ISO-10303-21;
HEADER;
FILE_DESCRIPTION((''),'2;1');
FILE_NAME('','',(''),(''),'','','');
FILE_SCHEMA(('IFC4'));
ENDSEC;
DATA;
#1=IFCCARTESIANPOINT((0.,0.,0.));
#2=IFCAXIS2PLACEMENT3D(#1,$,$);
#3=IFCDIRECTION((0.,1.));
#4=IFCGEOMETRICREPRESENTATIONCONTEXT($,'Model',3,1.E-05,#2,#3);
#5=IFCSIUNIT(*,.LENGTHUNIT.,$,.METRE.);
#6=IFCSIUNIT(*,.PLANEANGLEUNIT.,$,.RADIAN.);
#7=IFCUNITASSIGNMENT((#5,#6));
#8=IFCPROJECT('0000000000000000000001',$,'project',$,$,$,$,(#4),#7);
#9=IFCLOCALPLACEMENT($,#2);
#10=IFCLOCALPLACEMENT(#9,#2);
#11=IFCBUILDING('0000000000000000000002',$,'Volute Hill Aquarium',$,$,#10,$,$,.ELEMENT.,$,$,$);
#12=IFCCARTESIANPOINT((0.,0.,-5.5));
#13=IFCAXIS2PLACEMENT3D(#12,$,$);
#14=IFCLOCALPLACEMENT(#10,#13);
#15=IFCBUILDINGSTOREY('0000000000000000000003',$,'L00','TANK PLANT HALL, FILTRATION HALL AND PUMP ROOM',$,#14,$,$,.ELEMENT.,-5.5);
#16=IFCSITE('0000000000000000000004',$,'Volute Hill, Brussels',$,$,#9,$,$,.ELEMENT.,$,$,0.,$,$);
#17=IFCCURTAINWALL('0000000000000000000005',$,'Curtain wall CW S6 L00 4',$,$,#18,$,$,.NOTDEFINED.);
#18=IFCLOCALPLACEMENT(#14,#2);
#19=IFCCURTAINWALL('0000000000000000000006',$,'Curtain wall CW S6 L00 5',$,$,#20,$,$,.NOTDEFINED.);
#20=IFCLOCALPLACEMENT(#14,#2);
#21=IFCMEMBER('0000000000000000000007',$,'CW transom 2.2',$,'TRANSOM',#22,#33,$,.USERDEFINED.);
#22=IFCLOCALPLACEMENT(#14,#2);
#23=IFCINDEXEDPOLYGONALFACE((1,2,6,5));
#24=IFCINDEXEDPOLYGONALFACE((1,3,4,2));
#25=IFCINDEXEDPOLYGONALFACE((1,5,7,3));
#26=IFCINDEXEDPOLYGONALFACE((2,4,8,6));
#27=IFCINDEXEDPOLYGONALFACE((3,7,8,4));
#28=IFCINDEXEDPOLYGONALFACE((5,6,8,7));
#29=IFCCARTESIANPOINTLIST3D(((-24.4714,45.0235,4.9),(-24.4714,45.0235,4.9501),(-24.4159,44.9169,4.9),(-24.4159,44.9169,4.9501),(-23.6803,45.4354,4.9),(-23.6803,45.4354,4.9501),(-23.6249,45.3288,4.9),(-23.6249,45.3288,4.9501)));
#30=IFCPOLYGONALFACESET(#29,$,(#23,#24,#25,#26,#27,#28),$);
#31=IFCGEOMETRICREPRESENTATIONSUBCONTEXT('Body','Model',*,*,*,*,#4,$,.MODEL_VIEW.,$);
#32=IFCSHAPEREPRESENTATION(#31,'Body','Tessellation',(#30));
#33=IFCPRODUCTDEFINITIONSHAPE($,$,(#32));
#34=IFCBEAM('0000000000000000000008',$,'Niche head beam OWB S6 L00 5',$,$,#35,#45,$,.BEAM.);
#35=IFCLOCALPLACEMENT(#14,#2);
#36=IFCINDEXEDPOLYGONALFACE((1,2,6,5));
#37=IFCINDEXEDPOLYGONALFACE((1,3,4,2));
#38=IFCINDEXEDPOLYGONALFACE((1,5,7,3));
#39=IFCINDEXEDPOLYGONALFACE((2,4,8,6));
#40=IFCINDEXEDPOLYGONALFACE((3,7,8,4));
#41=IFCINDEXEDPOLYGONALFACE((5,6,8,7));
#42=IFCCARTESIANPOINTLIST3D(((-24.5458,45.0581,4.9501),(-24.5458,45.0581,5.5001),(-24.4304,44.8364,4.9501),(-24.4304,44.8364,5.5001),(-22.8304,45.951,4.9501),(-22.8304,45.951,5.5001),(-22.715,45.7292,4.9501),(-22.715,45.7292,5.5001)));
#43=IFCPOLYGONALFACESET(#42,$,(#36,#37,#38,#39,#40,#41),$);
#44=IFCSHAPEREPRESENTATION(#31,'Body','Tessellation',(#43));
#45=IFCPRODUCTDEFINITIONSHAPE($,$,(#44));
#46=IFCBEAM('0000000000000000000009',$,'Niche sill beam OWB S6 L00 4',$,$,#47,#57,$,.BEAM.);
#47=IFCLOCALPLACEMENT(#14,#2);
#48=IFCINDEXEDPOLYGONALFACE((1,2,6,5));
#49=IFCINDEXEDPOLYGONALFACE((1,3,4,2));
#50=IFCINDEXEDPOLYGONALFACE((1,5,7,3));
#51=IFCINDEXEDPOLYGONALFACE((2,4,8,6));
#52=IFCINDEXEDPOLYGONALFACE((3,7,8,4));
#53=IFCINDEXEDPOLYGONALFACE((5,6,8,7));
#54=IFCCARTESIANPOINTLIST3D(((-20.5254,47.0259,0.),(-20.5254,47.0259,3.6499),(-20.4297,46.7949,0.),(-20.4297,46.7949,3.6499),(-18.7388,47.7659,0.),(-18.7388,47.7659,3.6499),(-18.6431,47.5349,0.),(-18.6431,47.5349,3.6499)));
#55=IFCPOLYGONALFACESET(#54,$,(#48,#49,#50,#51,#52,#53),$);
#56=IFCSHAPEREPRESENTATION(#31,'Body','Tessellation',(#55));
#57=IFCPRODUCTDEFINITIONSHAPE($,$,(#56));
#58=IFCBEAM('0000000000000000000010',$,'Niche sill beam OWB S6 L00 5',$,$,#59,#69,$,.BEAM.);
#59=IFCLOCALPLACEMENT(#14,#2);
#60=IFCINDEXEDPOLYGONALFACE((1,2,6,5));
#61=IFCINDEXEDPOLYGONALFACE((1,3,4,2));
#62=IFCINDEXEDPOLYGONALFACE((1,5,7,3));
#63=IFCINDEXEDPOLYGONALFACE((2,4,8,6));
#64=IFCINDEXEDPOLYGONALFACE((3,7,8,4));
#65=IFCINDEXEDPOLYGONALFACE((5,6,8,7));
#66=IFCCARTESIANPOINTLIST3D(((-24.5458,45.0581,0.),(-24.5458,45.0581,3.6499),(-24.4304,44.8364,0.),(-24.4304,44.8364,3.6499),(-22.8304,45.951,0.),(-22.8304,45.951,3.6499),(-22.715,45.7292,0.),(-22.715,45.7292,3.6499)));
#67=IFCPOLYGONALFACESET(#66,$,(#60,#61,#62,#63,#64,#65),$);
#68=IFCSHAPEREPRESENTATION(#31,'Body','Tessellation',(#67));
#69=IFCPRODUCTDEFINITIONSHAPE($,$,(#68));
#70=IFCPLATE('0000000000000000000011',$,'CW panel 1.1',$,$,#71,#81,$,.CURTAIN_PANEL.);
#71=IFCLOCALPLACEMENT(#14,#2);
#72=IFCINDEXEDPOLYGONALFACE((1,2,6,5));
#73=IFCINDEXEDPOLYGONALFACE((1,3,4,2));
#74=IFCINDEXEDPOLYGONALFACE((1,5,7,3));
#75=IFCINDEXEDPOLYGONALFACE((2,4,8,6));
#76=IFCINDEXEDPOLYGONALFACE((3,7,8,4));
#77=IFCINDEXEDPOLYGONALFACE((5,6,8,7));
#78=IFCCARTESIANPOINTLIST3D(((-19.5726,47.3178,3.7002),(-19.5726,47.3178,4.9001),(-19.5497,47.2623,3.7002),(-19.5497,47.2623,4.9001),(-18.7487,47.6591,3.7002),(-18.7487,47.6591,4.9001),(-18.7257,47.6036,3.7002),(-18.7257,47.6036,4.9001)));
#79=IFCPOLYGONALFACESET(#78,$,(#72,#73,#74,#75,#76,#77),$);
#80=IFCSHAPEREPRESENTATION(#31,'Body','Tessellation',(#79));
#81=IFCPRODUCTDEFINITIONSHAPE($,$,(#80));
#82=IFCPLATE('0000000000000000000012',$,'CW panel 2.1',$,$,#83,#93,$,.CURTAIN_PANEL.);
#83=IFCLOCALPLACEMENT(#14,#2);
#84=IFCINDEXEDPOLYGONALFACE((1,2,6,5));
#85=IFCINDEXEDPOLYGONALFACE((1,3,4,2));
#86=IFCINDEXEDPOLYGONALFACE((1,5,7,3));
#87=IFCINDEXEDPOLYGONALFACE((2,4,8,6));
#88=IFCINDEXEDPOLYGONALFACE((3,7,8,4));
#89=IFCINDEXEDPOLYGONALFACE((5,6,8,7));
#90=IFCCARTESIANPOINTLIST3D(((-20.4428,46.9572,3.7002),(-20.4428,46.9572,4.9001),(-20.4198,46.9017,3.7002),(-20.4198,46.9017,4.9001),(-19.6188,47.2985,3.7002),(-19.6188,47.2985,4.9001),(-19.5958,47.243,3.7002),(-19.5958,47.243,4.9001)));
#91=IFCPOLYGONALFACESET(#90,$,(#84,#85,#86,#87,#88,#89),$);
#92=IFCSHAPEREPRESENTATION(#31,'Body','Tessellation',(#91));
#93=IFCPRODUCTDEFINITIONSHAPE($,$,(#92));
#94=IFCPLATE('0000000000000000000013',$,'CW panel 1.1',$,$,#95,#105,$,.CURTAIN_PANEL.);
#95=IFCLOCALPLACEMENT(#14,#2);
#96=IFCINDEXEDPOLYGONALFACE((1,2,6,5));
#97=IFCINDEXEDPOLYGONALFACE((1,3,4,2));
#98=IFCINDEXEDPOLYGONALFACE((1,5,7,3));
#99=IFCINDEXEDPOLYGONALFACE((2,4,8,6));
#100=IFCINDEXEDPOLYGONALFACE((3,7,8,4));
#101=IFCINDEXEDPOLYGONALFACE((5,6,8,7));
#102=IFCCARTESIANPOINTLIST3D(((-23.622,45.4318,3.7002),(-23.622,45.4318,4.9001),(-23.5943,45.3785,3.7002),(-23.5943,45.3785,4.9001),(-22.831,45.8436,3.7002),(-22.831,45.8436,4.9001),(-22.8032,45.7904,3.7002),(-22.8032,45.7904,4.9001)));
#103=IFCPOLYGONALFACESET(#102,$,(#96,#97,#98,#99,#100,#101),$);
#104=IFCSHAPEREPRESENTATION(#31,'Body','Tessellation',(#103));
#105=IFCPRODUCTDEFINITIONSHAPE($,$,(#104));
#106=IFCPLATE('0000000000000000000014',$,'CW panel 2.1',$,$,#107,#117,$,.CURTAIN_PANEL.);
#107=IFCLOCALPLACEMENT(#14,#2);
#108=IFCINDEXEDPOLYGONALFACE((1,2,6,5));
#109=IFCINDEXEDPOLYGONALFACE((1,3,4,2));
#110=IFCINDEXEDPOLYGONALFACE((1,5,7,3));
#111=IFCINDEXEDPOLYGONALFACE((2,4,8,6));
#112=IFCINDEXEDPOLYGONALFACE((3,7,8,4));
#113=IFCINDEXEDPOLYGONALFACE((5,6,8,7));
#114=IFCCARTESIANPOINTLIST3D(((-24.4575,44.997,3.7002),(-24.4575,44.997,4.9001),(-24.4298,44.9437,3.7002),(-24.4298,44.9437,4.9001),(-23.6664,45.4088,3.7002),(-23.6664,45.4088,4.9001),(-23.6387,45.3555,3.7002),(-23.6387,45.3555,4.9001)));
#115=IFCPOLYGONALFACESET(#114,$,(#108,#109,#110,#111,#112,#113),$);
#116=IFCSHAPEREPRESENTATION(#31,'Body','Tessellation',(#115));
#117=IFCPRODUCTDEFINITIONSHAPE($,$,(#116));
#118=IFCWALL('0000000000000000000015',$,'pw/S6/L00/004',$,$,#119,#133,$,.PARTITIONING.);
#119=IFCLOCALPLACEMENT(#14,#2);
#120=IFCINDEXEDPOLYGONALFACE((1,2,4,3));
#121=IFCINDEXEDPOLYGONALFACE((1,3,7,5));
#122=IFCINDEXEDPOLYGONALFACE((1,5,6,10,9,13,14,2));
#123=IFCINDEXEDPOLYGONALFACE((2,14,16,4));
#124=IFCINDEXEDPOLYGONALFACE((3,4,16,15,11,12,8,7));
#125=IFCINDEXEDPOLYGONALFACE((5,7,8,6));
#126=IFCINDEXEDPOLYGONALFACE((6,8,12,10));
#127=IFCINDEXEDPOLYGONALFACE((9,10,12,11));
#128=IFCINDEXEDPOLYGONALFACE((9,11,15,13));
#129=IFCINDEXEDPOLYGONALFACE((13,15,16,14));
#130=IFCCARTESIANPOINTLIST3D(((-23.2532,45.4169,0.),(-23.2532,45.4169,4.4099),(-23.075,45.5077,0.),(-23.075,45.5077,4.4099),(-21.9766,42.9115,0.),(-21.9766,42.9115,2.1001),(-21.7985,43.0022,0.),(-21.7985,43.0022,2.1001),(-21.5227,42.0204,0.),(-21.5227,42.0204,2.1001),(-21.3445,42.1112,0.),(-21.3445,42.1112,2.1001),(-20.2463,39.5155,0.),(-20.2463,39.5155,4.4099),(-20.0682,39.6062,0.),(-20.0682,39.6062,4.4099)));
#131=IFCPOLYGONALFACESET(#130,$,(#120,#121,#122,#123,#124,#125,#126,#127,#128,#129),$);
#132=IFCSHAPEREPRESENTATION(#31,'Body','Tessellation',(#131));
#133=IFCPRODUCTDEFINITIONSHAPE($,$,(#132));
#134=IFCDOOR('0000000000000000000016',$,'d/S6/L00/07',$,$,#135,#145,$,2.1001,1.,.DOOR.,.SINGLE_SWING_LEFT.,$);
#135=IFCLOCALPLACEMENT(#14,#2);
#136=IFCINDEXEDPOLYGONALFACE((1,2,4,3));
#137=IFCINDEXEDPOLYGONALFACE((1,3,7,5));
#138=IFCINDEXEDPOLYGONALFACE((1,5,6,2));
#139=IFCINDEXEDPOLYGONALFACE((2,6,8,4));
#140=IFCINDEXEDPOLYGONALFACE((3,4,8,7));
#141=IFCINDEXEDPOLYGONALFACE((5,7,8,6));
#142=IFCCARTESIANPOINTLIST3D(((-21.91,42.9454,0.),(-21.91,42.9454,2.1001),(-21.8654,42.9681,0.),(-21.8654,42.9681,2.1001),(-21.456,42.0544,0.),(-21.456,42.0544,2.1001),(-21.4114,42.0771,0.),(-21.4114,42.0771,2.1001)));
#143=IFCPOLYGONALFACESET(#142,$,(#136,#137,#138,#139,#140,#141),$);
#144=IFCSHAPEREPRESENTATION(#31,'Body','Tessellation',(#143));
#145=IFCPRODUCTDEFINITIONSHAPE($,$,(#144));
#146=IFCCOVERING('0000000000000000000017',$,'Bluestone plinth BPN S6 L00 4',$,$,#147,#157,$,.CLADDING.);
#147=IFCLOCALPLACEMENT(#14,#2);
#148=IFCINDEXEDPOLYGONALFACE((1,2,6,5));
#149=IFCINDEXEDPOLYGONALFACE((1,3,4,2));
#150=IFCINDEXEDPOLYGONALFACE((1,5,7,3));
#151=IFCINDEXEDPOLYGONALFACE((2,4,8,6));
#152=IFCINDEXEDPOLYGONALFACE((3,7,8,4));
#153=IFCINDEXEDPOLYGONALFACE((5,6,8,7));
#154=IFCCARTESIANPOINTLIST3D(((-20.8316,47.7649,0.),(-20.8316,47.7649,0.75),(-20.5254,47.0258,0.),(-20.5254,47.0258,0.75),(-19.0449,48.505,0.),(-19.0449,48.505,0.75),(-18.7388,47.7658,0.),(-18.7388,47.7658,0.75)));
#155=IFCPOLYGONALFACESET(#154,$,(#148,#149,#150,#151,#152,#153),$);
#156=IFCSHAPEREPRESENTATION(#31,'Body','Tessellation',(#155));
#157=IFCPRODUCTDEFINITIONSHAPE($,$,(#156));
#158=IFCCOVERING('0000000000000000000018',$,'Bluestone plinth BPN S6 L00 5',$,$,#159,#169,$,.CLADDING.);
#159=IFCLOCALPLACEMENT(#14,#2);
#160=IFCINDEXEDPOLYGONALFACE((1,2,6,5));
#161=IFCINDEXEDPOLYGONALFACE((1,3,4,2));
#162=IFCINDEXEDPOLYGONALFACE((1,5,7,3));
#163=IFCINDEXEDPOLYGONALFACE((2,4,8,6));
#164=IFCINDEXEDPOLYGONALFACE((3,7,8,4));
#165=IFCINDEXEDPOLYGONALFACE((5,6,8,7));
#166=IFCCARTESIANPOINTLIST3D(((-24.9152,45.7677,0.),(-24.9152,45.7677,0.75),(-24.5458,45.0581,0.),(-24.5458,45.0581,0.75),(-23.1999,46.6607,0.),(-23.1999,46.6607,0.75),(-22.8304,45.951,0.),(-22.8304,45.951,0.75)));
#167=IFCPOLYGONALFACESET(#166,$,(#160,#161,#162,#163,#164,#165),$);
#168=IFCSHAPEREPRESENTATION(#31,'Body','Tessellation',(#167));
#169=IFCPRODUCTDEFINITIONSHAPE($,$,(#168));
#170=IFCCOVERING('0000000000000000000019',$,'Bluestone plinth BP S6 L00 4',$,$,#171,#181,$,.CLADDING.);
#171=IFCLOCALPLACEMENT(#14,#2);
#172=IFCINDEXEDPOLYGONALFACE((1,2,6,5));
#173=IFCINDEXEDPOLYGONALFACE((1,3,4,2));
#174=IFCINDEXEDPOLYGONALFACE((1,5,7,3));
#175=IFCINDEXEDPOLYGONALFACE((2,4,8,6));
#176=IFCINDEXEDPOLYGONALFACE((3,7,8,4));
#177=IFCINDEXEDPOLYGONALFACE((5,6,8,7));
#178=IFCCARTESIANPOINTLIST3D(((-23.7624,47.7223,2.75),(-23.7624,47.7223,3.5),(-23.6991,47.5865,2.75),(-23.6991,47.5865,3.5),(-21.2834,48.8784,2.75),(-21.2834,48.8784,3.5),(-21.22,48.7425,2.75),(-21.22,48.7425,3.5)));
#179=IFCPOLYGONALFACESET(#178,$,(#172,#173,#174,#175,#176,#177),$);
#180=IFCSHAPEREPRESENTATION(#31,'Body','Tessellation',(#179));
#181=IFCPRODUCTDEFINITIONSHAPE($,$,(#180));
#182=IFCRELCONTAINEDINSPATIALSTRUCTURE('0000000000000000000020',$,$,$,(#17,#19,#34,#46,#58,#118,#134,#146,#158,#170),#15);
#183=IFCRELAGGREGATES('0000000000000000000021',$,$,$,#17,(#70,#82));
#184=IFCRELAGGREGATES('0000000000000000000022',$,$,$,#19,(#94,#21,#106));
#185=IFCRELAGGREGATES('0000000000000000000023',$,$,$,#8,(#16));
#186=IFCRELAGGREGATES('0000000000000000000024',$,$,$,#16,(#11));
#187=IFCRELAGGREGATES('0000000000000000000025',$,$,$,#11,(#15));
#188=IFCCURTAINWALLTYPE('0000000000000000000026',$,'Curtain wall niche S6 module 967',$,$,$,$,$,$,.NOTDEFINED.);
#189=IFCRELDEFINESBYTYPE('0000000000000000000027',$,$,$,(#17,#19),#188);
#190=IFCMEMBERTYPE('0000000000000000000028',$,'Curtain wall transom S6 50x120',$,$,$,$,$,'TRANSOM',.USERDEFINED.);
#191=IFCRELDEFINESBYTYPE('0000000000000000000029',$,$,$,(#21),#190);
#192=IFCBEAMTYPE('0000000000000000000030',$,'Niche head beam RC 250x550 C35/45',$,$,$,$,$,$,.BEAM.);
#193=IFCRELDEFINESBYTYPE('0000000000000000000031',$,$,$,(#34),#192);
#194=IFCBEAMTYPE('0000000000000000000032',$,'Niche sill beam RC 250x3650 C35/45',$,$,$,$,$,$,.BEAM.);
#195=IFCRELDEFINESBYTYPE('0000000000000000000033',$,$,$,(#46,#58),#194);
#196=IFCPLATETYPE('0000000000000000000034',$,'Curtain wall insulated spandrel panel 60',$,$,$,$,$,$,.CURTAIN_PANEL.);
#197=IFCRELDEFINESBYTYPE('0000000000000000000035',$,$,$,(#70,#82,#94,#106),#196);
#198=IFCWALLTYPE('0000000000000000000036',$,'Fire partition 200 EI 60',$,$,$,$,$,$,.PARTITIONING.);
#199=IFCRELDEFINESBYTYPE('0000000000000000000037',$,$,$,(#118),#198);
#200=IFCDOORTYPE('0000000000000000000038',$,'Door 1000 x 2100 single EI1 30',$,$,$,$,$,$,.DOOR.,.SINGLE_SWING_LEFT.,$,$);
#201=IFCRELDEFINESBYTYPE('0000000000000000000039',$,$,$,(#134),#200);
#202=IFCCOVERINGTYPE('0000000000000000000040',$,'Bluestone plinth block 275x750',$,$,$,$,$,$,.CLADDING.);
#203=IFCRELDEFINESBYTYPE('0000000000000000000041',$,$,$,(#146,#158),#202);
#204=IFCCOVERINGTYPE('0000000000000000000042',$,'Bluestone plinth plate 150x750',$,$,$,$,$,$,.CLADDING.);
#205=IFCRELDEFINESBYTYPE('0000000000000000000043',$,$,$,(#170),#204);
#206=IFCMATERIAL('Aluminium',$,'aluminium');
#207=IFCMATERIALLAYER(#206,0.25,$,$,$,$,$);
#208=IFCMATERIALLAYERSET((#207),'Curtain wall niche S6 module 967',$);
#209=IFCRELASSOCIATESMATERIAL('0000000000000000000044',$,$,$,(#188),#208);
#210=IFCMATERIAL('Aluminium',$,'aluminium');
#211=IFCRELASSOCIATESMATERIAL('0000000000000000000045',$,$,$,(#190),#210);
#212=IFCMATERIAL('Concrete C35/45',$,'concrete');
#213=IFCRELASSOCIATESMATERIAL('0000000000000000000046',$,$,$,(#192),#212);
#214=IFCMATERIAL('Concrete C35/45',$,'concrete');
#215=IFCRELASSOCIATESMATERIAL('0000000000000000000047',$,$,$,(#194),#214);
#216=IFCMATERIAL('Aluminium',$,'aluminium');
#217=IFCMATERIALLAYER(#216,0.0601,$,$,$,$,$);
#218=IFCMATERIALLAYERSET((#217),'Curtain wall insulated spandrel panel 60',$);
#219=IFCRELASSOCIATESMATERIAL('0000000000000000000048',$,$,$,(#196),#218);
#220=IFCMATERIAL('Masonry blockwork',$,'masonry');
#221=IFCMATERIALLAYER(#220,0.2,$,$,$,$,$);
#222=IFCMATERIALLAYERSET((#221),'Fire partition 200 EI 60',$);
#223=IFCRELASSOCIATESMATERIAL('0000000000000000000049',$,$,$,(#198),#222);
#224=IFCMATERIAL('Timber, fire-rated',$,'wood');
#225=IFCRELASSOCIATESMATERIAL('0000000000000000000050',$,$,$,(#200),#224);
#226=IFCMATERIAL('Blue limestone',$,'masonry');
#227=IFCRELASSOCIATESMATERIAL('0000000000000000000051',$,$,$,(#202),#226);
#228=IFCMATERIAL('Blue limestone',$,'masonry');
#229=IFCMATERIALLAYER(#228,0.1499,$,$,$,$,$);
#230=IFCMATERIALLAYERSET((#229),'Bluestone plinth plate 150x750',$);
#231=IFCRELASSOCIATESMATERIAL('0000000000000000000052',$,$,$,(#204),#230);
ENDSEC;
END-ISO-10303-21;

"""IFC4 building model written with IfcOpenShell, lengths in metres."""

from ifc_helpers import new_model, si_unit, direction, frame, frame_2d, origin, origin_2d, place, context, subcontext, project, spatial, rectangle, extrude, material, layer, layer_set, material_profile, profile_set, type_object, element, fill, aggregate, save


model = new_model("IFC4")

# Units and contexts
model_context = context("Model", 3, precision=1e-05, world=origin(), true_north=direction((0.0, 1.0)))
body_context = subcontext(model_context, "Body", "Model", "MODEL_VIEW")
ifc_project = project(units=[si_unit("LENGTHUNIT", "METRE"), si_unit("PLANEANGLEUNIT", "RADIAN")], contexts=[model_context])

# Site, building, storey
site_placement = place(None, origin())
site = spatial("IfcSite", under=ifc_project, at=site_placement, Name="Volute Hill, Brussels", CompositionType="ELEMENT", RefElevation=0.0)
building_placement = place(site_placement, origin())
building = spatial("IfcBuilding", under=site, at=building_placement, Name="Volute Hill Aquarium", CompositionType="ELEMENT")
storey_placement = place(building_placement, frame((0.0, 0.0, -5.5)))
storey = spatial("IfcBuildingStorey", under=building, at=storey_placement, Name="L00", Description="TANK PLANT HALL, FILTRATION HALL AND PUMP ROOM", CompositionType="ELEMENT", Elevation=-5.5)

# Curtain walls
ifc_material_1 = material(Name="Aluminium", Category="aluminium")
ifc_layer_1 = layer(ifc_material_1, 0.25)
ifc_layer_set_1 = layer_set([ifc_layer_1], Name="Curtain wall niche S6 module 967")
curtain_wall_type = type_object("IfcCurtainWallType", Name="Curtain wall niche S6 module 967", PredefinedType="NOTDEFINED", material=ifc_layer_set_1)
curtain_wall_1_placement = place(storey_placement, origin())
curtain_wall_1 = element("IfcCurtainWall", 1, at=curtain_wall_1_placement, inside=storey, type_object=curtain_wall_type, Name="Curtain wall CW S6 L00 4", PredefinedType="NOTDEFINED")
curtain_wall_2_placement = place(storey_placement, origin())
curtain_wall_2 = element("IfcCurtainWall", 2, at=curtain_wall_2_placement, inside=storey, type_object=curtain_wall_type, Name="Curtain wall CW S6 L00 5", PredefinedType="NOTDEFINED")

# Member
ifc_material_2 = material(Name="Aluminium", Category="aluminium")
ifc_material_profile_1 = material_profile(ifc_material_2, rectangle(XDim=0.1201, YDim=0.05, at=origin_2d()), Name="Curtain wall transom S6 50x120")
ifc_profile_set_1 = profile_set([ifc_material_profile_1], Name="Aluminium")
member_type_1 = type_object("IfcMemberType", Name="Curtain wall transom S6 50x120", ElementType="TRANSOM", PredefinedType="USERDEFINED", material=ifc_profile_set_1)
member_1_placement = place(storey_placement, frame((-23.6526, 45.3821, 4.925), z_axis=(-0.88697, -0.461827, 0.0), x_axis=(0.461827, -0.88697, 0.0)))
member_1 = element("IfcMember", 3, at=member_1_placement, type_object=member_type_1, Name="CW transom 2.2", ObjectType="TRANSOM", PredefinedType="USERDEFINED", context=body_context, shape_type="SweptSolid", body=[
    extrude(rectangle(XDim=0.1201, YDim=0.05, at=origin_2d()), origin(), (0.0, 0.0, 1.0), 0.8918),
])

# Beams
ifc_material_3 = material(Name="Concrete C35/45", Category="concrete")
ifc_material_profile_2 = material_profile(ifc_material_3, rectangle(XDim=0.25, YDim=0.55, at=origin_2d()), Name="RC beam 250x550")
ifc_profile_set_2 = profile_set([ifc_material_profile_2], Name="Concrete C35/45")
beam_type_1 = type_object("IfcBeamType", Name="Niche head beam RC 250x550 C35/45", PredefinedType="BEAM", material=ifc_profile_set_2)
beam_placement = place(storey_placement, frame((-22.7727, 45.8401, 5.2251), z_axis=(-0.887037, -0.461699, 0.0), x_axis=(0.461699, -0.887037, 0.0)))
element("IfcBeam", 4, at=beam_placement, inside=storey, type_object=beam_type_1, Name="Niche head beam OWB S6 L00 5", PredefinedType="BEAM", context=body_context, shape_type="SweptSolid", body=[
    extrude(rectangle(XDim=0.25, YDim=0.55, at=origin_2d()), origin(), (0.0, 0.0, 1.0), 1.9338),
])
ifc_material_4 = material(Name="Concrete C35/45", Category="concrete")
ifc_material_profile_3 = material_profile(ifc_material_4, rectangle(XDim=0.25, YDim=3.6499, at=origin_2d()), Name="RC beam 250x3650")
ifc_profile_set_3 = profile_set([ifc_material_profile_3], Name="Concrete C35/45")
beam_type_2 = type_object("IfcBeamType", Name="Niche sill beam RC 250x3650 C35/45", PredefinedType="BEAM", material=ifc_profile_set_3)
for number, where, z_axis, x_axis, name in (
    (5, (-18.6909, 47.6504, 1.825), (-0.923889, -0.38266, 0.0), (0.38266, -0.923889, 0.0), "Niche sill beam OWB S6 L00 4"),
    (6, (-22.7727, 45.8401, 1.825), (-0.887037, -0.461699, 0.0), (0.461699, -0.887037, 0.0), "Niche sill beam OWB S6 L00 5"),
):
    element("IfcBeam", number, at=place(storey_placement, frame(where, z_axis=z_axis, x_axis=x_axis)), inside=storey, type_object=beam_type_2, Name=name, PredefinedType="BEAM", context=body_context, shape_type="SweptSolid", body=[
        extrude(rectangle(XDim=0.25, YDim=3.6499, at=origin_2d()), origin(), (0.0, 0.0, 1.0), 1.9338),
    ])

# Plates
ifc_material_5 = material(Name="Aluminium", Category="aluminium")
ifc_layer_2 = layer(ifc_material_5, 0.0601)
ifc_layer_set_2 = layer_set([ifc_layer_2], Name="Curtain wall insulated spandrel panel 60")
plate_type = type_object("IfcPlateType", Name="Curtain wall insulated spandrel panel 60", PredefinedType="CURTAIN_PANEL", material=ifc_layer_set_2)
plate_1_placement = place(storey_placement, frame((-19.1492, 47.4607, 3.7002), z_axis=(0.0, 0.0, 1.0), x_axis=(-0.923881, -0.38268, 0.0)))
plate_1 = element("IfcPlate", 7, at=plate_1_placement, type_object=plate_type, Name="CW panel 1.1", PredefinedType="CURTAIN_PANEL", context=body_context, shape_type="SweptSolid", body=[
    extrude(rectangle(XDim=0.8918, YDim=0.0601, at=origin_2d()), origin(), (0.0, 0.0, 1.0), 1.2),
])
plate_2_placement = place(storey_placement, frame((-20.0193, 47.1001, 3.7002), z_axis=(0.0, 0.0, 1.0), x_axis=(-0.923881, -0.38268, 0.0)))
plate_2 = element("IfcPlate", 8, at=plate_2_placement, type_object=plate_type, Name="CW panel 2.1", PredefinedType="CURTAIN_PANEL", context=body_context, shape_type="SweptSolid", body=[
    extrude(rectangle(XDim=0.8918, YDim=0.0601, at=origin_2d()), origin(), (0.0, 0.0, 1.0), 1.2),
])
aggregate(curtain_wall_1, [plate_1, plate_2])
plate_3_placement = place(storey_placement, frame((-23.2126, 45.6111, 3.7002), z_axis=(0.0, 0.0, 1.0), x_axis=(-0.887005, -0.46176, 0.0)))
plate_3 = element("IfcPlate", 9, at=plate_3_placement, type_object=plate_type, Name="CW panel 1.1", PredefinedType="CURTAIN_PANEL", context=body_context, shape_type="SweptSolid", body=[
    extrude(rectangle(XDim=0.8918, YDim=0.0601, at=origin_2d()), origin(), (0.0, 0.0, 1.0), 1.2),
])
plate_4_placement = place(storey_placement, frame((-24.0481, 45.1763, 3.7002), z_axis=(0.0, 0.0, 1.0), x_axis=(-0.887005, -0.46176, 0.0)))
plate_4 = element("IfcPlate", 10, at=plate_4_placement, type_object=plate_type, Name="CW panel 2.1", PredefinedType="CURTAIN_PANEL", context=body_context, shape_type="SweptSolid", body=[
    extrude(rectangle(XDim=0.8918, YDim=0.0601, at=origin_2d()), origin(), (0.0, 0.0, 1.0), 1.2),
])
aggregate(curtain_wall_2, [plate_3, member_1, plate_4])

# Wall, opening, door
ifc_material_6 = material(Name="Masonry blockwork", Category="masonry")
ifc_layer_3 = layer(ifc_material_6, 0.2)
ifc_layer_set_3 = layer_set([ifc_layer_3], Name="Fire partition 200 EI 60")
wall_type = type_object("IfcWallType", Name="Fire partition 200 EI 60", PredefinedType="PARTITIONING", material=ifc_layer_set_3)
wall_placement = place(storey_placement, frame((-23.1641, 45.4622, 0.0), z_axis=(0.0, 0.0, 1.0), x_axis=(0.453983, -0.89101, 0.0)))
wall = element("IfcWall", 11, at=wall_placement, inside=storey, type_object=wall_type, Name="pw/S6/L00/004", PredefinedType="PARTITIONING", context=body_context, shape_type="SweptSolid", body=[
    extrude(rectangle(XDim=6.6233, YDim=0.2, at=frame_2d((3.3115, 0.0))), origin(), (0.0, 0.0, 1.0), 4.4099),
])
opening_placement = place(wall_placement, frame((2.8118, 0.0, 0.0)))
opening = element("IfcOpeningElement", 12, at=opening_placement, cuts=wall, PredefinedType="OPENING", context=body_context, shape_type="SweptSolid", body=[
    extrude(rectangle(XDim=1.0, YDim=2.1001, at=frame_2d((0.5, 1.05))), frame((0.0, 0.1099, 0.0), z_axis=(0.0, -1.0, 0.0), x_axis=(1.0, 0.0, 0.0)), (0.0, 0.0, 1.0), 0.22),
])
ifc_material_7 = material(Name="Timber, fire-rated", Category="wood")
door_type = type_object("IfcDoorType", Name="Door 1000 x 2100 single EI1 30", OperationType="SINGLE_SWING_LEFT", PredefinedType="DOOR", material=ifc_material_7)
door_placement = place(opening_placement, origin())
door = element("IfcDoor", 13, at=door_placement, inside=storey, type_object=door_type, Name="d/S6/L00/07", OperationType="SINGLE_SWING_LEFT", OverallHeight=2.1001, OverallWidth=1.0, PredefinedType="DOOR", context=body_context, shape_type="SweptSolid", body=[
    extrude(rectangle(XDim=1.0, YDim=2.1001, at=frame_2d((0.5, 1.05))), frame((0.0, 0.0249, 0.0), z_axis=(0.0, -1.0, 0.0), x_axis=(1.0, 0.0, 0.0)), (0.0, 0.0, 1.0), 0.05),
])
fill(opening, door)

# Coverings
ifc_material_8 = material(Name="Blue limestone", Category="masonry")
covering_type_1 = type_object("IfcCoveringType", Name="Bluestone plinth block 275x750", PredefinedType="CLADDING", material=ifc_material_8)
for number, where, z_axis, x_axis, name in (
    (14, (-19.7852, 47.7654, 0.0), (0.0, 0.0, 1.0), (-0.923881, -0.38268, 0.0), "Bluestone plinth BPN S6 L00 4"),
    (15, (-23.8728, 45.8594, 0.0), (0.0, 0.0, 1.0), (-0.887006, -0.461759, 0.0), "Bluestone plinth BPN S6 L00 5"),
):
    element("IfcCovering", number, at=place(storey_placement, frame(where, z_axis=z_axis, x_axis=x_axis)), inside=storey, type_object=covering_type_1, Name=name, PredefinedType="CLADDING", context=body_context, shape_type="SweptSolid", body=[
        extrude(rectangle(XDim=1.9338, YDim=0.8, at=origin_2d()), origin(), (0.0, 0.0, 1.0), 0.75),
    ])
ifc_material_9 = material(Name="Blue limestone", Category="masonry")
ifc_layer_4 = layer(ifc_material_9, 0.1499)
ifc_layer_set_4 = layer_set([ifc_layer_4], Name="Bluestone plinth plate 150x750")
covering_type_2 = type_object("IfcCoveringType", Name="Bluestone plinth plate 150x750", PredefinedType="CLADDING", material=ifc_layer_set_4)
for number, where, z_axis, x_axis, name in (
    (16, (-22.4912, 48.2324, 2.75), (0.0, 0.0, 1.0), (-0.906308, -0.422618, 0.0), "Bluestone plinth BP S6 L00 4"),
):
    element("IfcCovering", number, at=place(storey_placement, frame(where, z_axis=z_axis, x_axis=x_axis)), inside=storey, type_object=covering_type_2, Name=name, PredefinedType="CLADDING", context=body_context, shape_type="SweptSolid", body=[
        extrude(rectangle(XDim=2.7354, YDim=0.1499, at=origin_2d()), origin(), (0.0, 0.0, 1.0), 0.75),
    ])

save(model, "model.ifc")
